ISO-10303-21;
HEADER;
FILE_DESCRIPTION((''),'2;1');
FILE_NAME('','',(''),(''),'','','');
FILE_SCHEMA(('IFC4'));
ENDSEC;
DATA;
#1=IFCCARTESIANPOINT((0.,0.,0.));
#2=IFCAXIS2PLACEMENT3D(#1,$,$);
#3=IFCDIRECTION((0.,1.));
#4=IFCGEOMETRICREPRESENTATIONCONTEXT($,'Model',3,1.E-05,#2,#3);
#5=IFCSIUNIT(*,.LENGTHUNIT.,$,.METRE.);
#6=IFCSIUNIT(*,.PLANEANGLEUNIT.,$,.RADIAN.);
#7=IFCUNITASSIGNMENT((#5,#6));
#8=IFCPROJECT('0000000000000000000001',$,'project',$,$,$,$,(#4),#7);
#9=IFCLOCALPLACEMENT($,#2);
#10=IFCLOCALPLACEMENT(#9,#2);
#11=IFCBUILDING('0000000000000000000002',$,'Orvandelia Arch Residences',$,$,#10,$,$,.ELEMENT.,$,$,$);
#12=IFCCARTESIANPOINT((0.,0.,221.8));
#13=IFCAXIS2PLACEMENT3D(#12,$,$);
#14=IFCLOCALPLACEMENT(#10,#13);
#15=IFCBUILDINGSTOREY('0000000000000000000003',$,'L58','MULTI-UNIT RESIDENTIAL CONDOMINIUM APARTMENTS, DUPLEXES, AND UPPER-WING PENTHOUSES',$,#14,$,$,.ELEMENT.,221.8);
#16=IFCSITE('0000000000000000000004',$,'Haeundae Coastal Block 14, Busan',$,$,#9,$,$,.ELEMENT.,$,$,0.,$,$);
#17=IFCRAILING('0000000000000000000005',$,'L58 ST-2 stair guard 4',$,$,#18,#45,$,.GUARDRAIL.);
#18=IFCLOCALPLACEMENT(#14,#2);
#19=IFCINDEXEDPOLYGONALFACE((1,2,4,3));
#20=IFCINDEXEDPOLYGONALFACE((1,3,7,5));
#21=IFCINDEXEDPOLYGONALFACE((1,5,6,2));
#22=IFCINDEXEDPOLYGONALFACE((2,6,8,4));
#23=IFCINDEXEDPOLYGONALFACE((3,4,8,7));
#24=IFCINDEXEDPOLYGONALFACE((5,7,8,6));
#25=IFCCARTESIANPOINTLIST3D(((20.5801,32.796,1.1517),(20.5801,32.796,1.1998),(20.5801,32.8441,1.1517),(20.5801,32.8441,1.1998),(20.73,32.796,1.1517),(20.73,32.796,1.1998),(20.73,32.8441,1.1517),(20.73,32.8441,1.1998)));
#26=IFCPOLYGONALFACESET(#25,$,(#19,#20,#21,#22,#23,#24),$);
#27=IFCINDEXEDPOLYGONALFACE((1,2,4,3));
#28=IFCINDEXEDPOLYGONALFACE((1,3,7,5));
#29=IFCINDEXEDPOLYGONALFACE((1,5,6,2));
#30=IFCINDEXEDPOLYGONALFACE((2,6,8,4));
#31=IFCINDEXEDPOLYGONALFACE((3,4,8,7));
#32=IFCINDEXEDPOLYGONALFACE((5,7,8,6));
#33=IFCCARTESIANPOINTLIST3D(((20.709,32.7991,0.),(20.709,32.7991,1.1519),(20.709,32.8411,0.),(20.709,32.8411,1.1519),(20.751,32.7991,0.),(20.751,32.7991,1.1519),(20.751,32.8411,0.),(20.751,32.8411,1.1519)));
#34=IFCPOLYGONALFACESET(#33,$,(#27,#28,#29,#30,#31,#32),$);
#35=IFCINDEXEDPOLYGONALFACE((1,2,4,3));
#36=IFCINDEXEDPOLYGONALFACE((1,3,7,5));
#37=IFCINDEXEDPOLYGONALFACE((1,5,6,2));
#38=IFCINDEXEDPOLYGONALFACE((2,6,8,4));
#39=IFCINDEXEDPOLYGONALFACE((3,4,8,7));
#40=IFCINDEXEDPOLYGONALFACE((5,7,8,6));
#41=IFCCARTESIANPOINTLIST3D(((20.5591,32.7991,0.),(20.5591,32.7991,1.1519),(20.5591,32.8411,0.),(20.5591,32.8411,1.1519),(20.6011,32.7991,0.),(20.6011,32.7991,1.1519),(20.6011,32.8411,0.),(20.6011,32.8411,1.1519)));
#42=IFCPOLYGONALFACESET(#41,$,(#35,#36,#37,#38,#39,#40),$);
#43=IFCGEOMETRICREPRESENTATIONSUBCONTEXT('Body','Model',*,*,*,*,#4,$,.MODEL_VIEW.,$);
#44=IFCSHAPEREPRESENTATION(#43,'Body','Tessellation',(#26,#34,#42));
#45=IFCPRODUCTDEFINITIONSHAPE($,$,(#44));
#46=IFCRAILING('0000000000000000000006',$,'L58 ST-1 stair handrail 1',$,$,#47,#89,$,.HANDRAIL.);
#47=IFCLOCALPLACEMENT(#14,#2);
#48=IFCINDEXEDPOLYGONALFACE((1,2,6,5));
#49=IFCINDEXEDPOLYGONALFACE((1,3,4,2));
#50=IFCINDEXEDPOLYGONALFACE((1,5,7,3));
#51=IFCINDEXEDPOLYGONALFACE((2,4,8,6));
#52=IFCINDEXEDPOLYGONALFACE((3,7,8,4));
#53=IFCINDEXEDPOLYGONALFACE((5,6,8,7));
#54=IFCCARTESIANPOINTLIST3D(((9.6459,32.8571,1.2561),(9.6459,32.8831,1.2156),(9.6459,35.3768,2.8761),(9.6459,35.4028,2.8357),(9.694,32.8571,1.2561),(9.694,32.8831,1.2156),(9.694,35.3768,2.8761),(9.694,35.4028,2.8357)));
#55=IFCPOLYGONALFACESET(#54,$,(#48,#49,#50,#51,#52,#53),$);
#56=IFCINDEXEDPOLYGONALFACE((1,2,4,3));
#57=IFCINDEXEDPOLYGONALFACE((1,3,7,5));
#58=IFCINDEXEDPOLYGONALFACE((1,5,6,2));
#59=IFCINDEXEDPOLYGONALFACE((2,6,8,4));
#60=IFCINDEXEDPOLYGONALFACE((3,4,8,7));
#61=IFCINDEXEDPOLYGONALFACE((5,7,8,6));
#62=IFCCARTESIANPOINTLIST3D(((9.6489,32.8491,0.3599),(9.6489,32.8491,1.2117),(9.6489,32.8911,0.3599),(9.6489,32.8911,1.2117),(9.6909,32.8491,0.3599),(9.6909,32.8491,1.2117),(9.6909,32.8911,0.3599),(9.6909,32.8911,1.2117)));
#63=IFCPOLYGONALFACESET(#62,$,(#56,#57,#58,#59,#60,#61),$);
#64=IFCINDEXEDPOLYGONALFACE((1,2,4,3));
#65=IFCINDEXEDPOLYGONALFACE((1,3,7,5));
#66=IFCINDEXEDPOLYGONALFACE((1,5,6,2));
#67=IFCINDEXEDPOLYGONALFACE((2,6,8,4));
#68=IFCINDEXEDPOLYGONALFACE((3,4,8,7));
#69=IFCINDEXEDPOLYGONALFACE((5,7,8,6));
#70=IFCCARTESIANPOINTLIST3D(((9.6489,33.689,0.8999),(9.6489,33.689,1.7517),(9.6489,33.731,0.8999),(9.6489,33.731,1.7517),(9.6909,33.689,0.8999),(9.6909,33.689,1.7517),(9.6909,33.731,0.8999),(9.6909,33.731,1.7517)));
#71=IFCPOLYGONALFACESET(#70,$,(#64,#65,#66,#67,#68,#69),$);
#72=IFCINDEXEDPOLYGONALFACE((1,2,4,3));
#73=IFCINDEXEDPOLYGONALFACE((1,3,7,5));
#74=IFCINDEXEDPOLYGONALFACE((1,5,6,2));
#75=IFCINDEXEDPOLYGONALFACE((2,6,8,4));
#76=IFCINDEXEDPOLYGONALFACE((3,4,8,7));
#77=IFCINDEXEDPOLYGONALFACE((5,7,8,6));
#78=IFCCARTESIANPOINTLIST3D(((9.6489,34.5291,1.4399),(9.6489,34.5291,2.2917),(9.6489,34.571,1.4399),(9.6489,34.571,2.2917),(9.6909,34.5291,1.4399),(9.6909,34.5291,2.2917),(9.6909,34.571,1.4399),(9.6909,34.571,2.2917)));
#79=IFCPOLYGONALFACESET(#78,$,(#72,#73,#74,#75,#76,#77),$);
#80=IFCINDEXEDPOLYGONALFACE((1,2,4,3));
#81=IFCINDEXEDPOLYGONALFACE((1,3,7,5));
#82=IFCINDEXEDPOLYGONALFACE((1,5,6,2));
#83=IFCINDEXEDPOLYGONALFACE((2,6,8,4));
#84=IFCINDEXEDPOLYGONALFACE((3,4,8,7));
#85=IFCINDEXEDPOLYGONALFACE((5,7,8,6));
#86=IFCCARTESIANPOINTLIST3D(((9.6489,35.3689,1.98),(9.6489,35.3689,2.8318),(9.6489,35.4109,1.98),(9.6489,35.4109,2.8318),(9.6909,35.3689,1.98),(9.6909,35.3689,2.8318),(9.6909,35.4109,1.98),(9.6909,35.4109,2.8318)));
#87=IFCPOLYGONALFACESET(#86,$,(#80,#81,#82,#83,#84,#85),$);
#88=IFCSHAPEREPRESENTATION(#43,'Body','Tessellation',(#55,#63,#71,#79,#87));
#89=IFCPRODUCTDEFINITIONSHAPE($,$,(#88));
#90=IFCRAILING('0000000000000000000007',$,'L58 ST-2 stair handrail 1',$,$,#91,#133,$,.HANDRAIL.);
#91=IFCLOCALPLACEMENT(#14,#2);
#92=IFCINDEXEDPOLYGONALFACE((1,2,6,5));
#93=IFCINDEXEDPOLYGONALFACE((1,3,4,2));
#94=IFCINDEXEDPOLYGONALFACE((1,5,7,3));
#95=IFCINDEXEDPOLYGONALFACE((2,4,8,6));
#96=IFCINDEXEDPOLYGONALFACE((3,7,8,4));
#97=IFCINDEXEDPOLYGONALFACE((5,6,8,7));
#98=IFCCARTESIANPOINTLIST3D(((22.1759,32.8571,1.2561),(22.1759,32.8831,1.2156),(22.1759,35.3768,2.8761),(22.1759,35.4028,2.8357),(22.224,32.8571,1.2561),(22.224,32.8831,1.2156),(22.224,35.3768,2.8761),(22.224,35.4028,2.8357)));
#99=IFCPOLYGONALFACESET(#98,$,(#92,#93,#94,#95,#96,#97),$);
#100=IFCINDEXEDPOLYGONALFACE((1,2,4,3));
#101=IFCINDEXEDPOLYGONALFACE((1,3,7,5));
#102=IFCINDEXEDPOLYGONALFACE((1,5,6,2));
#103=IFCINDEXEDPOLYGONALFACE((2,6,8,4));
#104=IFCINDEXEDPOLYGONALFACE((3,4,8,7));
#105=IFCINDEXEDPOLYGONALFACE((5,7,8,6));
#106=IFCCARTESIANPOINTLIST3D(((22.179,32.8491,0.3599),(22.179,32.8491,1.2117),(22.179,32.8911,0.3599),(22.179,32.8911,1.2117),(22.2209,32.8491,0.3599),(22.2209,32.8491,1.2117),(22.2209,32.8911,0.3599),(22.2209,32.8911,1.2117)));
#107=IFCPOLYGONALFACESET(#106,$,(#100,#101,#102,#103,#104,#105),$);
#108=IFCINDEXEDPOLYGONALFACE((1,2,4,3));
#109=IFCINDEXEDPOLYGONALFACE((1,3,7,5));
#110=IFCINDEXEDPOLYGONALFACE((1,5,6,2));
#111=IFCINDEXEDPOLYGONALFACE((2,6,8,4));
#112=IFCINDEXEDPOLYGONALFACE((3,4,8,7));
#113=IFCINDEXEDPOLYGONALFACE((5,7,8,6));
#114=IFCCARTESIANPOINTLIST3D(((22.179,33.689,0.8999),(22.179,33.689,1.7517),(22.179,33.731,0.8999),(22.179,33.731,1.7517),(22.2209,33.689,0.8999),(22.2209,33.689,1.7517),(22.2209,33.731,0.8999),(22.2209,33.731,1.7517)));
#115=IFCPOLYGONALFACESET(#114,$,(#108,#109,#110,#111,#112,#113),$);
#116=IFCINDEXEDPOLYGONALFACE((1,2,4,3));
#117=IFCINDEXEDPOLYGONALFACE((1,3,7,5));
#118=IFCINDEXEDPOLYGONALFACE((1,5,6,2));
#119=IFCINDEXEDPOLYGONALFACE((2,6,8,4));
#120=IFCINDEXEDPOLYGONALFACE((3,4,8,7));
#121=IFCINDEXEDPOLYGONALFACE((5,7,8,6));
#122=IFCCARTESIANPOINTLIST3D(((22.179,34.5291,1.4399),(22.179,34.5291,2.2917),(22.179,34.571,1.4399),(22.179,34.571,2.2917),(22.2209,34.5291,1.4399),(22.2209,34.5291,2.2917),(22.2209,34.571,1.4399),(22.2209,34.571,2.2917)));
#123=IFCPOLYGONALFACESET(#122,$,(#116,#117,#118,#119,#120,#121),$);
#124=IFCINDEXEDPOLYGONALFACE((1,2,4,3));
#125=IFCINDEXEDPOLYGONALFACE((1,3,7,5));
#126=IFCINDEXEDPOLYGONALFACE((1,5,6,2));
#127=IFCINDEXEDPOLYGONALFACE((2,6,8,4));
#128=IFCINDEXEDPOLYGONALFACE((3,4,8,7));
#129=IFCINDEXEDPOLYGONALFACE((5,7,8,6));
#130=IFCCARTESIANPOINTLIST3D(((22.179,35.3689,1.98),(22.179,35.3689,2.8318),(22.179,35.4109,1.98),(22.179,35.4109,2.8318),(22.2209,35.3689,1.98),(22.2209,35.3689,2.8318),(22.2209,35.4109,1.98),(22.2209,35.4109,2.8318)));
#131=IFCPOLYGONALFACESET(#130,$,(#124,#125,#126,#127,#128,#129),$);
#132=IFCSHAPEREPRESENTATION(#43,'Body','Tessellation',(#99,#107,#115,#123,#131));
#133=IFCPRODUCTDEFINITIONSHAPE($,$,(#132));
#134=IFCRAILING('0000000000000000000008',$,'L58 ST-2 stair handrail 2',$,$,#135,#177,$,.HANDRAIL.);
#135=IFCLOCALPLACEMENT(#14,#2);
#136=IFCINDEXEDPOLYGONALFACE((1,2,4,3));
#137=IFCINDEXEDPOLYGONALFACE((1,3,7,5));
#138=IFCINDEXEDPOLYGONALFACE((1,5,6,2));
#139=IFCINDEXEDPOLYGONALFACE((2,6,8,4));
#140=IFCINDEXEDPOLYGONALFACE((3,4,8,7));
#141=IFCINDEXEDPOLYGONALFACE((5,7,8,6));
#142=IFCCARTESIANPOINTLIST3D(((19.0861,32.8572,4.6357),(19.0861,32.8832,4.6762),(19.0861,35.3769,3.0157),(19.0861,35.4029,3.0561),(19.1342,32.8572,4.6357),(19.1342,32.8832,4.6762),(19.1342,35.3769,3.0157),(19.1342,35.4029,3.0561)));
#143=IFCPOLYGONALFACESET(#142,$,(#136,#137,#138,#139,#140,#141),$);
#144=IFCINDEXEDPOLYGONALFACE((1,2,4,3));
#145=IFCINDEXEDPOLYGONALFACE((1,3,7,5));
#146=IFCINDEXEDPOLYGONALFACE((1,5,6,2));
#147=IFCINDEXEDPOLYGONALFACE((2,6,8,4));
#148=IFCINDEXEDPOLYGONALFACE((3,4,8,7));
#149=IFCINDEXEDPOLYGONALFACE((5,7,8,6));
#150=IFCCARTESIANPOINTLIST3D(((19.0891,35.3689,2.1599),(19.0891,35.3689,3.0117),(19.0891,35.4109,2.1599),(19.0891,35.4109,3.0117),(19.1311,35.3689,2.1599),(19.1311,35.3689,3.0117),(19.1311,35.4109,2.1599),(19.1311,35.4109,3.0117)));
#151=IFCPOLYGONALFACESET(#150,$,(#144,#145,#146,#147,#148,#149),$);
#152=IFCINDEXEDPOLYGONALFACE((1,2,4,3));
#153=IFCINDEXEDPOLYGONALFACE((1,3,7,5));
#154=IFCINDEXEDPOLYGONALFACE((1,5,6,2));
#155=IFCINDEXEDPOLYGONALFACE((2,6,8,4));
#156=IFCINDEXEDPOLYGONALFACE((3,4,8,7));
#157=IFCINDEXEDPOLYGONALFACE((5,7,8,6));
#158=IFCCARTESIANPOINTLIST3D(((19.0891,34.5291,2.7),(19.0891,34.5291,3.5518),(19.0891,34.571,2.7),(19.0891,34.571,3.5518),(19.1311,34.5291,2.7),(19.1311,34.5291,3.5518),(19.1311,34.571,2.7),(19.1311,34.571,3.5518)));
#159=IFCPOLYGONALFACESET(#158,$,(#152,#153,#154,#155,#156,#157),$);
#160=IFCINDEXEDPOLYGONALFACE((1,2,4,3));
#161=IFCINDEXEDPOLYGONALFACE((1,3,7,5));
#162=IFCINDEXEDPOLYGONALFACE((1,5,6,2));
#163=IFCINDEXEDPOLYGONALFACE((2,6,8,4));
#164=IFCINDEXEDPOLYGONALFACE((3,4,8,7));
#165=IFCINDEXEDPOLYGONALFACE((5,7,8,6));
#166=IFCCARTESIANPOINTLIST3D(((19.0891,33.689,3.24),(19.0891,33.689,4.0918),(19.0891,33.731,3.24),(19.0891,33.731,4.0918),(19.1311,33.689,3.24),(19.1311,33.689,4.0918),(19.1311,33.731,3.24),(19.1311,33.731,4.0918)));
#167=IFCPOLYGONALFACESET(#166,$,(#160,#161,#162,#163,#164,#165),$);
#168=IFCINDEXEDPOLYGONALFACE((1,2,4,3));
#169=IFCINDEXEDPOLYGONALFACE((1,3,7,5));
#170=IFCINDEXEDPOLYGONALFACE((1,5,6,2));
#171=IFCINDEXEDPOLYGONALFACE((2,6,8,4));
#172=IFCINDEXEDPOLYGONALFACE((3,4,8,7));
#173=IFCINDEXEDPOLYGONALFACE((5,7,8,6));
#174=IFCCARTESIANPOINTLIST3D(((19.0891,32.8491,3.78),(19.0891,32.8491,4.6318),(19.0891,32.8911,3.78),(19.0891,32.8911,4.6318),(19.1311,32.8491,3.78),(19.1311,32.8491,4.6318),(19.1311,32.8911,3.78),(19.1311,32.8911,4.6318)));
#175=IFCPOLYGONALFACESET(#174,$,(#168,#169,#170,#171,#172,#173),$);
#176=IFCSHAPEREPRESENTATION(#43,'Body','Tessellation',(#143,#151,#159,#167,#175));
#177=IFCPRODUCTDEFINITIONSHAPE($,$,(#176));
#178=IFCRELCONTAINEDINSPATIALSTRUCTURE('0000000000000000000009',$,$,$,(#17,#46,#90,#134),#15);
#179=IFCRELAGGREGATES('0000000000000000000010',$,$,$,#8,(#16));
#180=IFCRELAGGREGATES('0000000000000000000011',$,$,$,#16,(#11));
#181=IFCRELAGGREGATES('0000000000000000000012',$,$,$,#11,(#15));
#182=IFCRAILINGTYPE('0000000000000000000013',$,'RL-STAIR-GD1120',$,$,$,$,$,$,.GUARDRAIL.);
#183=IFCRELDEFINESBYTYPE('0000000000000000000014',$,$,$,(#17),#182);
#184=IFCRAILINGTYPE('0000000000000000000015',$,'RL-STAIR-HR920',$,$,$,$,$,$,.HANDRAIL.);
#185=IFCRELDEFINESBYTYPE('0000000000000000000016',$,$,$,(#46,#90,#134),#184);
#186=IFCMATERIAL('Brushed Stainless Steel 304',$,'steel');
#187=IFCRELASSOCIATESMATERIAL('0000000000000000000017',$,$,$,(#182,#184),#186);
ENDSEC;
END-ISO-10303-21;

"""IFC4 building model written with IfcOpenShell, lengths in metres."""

from ifc_helpers import new_model, si_unit, direction, frame, origin, origin_2d, place, context, subcontext, project, spatial, rectangle, extrude, material, type_object, element, save


model = new_model("IFC4")

# Units and contexts
model_context = context("Model", 3, precision=1e-05, world=origin(), true_north=direction((0.0, 1.0)))
body_context = subcontext(model_context, "Body", "Model", "MODEL_VIEW")
ifc_project = project(units=[si_unit("LENGTHUNIT", "METRE"), si_unit("PLANEANGLEUNIT", "RADIAN")], contexts=[model_context])

# Site, building, storey
site_placement = place(None, origin())
site = spatial("IfcSite", under=ifc_project, at=site_placement, Name="Haeundae Coastal Block 14, Busan", CompositionType="ELEMENT", RefElevation=0.0)
building_placement = place(site_placement, origin())
building = spatial("IfcBuilding", under=site, at=building_placement, Name="Orvandelia Arch Residences", CompositionType="ELEMENT")
storey_placement = place(building_placement, frame((0.0, 0.0, 221.8)))
storey = spatial("IfcBuildingStorey", under=building, at=storey_placement, Name="L58", Description="MULTI-UNIT RESIDENTIAL CONDOMINIUM APARTMENTS, DUPLEXES, AND UPPER-WING PENTHOUSES", CompositionType="ELEMENT", Elevation=221.8)

# Railings
ifc_material_1 = material(Name="Brushed Stainless Steel 304", Category="steel")
railing_type_1 = type_object("IfcRailingType", Name="RL-STAIR-GD1120", PredefinedType="GUARDRAIL", material=ifc_material_1)
railing_1_placement = place(storey_placement, frame((20.73, 32.8201, 0.0)))
element("IfcRailing", 1, at=railing_1_placement, inside=storey, type_object=railing_type_1, Name="L58 ST-2 stair guard 4", PredefinedType="GUARDRAIL", context=body_context, shape_type="SweptSolid", body=[
    extrude(rectangle(XDim=0.0481, YDim=0.0481, at=origin_2d()), frame((0.0, 0.0, 1.1758), z_axis=(-1.0, 0.0, 0.0), x_axis=(0.0, -1.0, 0.0)), (0.0, 0.0, 1.0), 0.1499),
    extrude(rectangle(XDim=0.042, YDim=0.042, at=origin_2d()), origin(), (0.0, 0.0, 1.0), 1.1519),
    extrude(rectangle(XDim=0.042, YDim=0.042, at=origin_2d()), frame((-0.1499, 0.0, 0.0)), (0.0, 0.0, 1.0), 1.1519),
])
railing_type_2 = type_object("IfcRailingType", Name="RL-STAIR-HR920", PredefinedType="HANDRAIL", material=ifc_material_1)
for number, where, name in (
    (2, (9.6699, 32.8701, 0.3599), "L58 ST-1 stair handrail 1"),
    (3, (22.2, 32.8701, 0.3599), "L58 ST-2 stair handrail 1"),
):
    element("IfcRailing", number, at=place(storey_placement, frame(where)), inside=storey, type_object=railing_type_2, Name=name, PredefinedType="HANDRAIL", context=body_context, shape_type="SweptSolid", body=[
        extrude(rectangle(XDim=0.0481, YDim=0.0481, at=origin_2d()), frame((0.0, 0.0, 0.876), z_axis=(0.0, 0.841139, 0.540819), x_axis=(-1.0, 0.0, 0.0)), (0.0, 0.0, 1.0), 2.9956),
        extrude(rectangle(XDim=0.042, YDim=0.042, at=origin_2d()), origin(), (0.0, 0.0, 1.0), 0.8518),
        extrude(rectangle(XDim=0.042, YDim=0.042, at=origin_2d()), frame((0.0, 0.8398, 0.54)), (0.0, 0.0, 1.0), 0.8518),
        extrude(rectangle(XDim=0.042, YDim=0.042, at=origin_2d()), frame((0.0, 1.6799, 1.0801)), (0.0, 0.0, 1.0), 0.8518),
        extrude(rectangle(XDim=0.042, YDim=0.042, at=origin_2d()), frame((0.0, 2.5198, 1.6201)), (0.0, 0.0, 1.0), 0.8518),
    ])
railing_2_placement = place(storey_placement, frame((19.1101, 35.3899, 2.1599)))
element("IfcRailing", 4, at=railing_2_placement, inside=storey, type_object=railing_type_2, Name="L58 ST-2 stair handrail 2", PredefinedType="HANDRAIL", context=body_context, shape_type="SweptSolid", body=[
    extrude(rectangle(XDim=0.0481, YDim=0.0481, at=origin_2d()), frame((0.0, 0.0, 0.876), z_axis=(0.0, -0.841139, 0.540819), x_axis=(1.0, 0.0, 0.0)), (0.0, 0.0, 1.0), 2.9956),
    extrude(rectangle(XDim=0.042, YDim=0.042, at=origin_2d()), origin(), (0.0, 0.0, 1.0), 0.8518),
    extrude(rectangle(XDim=0.042, YDim=0.042, at=origin_2d()), frame((0.0, -0.8398, 0.54)), (0.0, 0.0, 1.0), 0.8518),
    extrude(rectangle(XDim=0.042, YDim=0.042, at=origin_2d()), frame((0.0, -1.6799, 1.0801)), (0.0, 0.0, 1.0), 0.8518),
    extrude(rectangle(XDim=0.042, YDim=0.042, at=origin_2d()), frame((0.0, -2.5198, 1.6201)), (0.0, 0.0, 1.0), 0.8518),
])

save(model, "model.ifc")
